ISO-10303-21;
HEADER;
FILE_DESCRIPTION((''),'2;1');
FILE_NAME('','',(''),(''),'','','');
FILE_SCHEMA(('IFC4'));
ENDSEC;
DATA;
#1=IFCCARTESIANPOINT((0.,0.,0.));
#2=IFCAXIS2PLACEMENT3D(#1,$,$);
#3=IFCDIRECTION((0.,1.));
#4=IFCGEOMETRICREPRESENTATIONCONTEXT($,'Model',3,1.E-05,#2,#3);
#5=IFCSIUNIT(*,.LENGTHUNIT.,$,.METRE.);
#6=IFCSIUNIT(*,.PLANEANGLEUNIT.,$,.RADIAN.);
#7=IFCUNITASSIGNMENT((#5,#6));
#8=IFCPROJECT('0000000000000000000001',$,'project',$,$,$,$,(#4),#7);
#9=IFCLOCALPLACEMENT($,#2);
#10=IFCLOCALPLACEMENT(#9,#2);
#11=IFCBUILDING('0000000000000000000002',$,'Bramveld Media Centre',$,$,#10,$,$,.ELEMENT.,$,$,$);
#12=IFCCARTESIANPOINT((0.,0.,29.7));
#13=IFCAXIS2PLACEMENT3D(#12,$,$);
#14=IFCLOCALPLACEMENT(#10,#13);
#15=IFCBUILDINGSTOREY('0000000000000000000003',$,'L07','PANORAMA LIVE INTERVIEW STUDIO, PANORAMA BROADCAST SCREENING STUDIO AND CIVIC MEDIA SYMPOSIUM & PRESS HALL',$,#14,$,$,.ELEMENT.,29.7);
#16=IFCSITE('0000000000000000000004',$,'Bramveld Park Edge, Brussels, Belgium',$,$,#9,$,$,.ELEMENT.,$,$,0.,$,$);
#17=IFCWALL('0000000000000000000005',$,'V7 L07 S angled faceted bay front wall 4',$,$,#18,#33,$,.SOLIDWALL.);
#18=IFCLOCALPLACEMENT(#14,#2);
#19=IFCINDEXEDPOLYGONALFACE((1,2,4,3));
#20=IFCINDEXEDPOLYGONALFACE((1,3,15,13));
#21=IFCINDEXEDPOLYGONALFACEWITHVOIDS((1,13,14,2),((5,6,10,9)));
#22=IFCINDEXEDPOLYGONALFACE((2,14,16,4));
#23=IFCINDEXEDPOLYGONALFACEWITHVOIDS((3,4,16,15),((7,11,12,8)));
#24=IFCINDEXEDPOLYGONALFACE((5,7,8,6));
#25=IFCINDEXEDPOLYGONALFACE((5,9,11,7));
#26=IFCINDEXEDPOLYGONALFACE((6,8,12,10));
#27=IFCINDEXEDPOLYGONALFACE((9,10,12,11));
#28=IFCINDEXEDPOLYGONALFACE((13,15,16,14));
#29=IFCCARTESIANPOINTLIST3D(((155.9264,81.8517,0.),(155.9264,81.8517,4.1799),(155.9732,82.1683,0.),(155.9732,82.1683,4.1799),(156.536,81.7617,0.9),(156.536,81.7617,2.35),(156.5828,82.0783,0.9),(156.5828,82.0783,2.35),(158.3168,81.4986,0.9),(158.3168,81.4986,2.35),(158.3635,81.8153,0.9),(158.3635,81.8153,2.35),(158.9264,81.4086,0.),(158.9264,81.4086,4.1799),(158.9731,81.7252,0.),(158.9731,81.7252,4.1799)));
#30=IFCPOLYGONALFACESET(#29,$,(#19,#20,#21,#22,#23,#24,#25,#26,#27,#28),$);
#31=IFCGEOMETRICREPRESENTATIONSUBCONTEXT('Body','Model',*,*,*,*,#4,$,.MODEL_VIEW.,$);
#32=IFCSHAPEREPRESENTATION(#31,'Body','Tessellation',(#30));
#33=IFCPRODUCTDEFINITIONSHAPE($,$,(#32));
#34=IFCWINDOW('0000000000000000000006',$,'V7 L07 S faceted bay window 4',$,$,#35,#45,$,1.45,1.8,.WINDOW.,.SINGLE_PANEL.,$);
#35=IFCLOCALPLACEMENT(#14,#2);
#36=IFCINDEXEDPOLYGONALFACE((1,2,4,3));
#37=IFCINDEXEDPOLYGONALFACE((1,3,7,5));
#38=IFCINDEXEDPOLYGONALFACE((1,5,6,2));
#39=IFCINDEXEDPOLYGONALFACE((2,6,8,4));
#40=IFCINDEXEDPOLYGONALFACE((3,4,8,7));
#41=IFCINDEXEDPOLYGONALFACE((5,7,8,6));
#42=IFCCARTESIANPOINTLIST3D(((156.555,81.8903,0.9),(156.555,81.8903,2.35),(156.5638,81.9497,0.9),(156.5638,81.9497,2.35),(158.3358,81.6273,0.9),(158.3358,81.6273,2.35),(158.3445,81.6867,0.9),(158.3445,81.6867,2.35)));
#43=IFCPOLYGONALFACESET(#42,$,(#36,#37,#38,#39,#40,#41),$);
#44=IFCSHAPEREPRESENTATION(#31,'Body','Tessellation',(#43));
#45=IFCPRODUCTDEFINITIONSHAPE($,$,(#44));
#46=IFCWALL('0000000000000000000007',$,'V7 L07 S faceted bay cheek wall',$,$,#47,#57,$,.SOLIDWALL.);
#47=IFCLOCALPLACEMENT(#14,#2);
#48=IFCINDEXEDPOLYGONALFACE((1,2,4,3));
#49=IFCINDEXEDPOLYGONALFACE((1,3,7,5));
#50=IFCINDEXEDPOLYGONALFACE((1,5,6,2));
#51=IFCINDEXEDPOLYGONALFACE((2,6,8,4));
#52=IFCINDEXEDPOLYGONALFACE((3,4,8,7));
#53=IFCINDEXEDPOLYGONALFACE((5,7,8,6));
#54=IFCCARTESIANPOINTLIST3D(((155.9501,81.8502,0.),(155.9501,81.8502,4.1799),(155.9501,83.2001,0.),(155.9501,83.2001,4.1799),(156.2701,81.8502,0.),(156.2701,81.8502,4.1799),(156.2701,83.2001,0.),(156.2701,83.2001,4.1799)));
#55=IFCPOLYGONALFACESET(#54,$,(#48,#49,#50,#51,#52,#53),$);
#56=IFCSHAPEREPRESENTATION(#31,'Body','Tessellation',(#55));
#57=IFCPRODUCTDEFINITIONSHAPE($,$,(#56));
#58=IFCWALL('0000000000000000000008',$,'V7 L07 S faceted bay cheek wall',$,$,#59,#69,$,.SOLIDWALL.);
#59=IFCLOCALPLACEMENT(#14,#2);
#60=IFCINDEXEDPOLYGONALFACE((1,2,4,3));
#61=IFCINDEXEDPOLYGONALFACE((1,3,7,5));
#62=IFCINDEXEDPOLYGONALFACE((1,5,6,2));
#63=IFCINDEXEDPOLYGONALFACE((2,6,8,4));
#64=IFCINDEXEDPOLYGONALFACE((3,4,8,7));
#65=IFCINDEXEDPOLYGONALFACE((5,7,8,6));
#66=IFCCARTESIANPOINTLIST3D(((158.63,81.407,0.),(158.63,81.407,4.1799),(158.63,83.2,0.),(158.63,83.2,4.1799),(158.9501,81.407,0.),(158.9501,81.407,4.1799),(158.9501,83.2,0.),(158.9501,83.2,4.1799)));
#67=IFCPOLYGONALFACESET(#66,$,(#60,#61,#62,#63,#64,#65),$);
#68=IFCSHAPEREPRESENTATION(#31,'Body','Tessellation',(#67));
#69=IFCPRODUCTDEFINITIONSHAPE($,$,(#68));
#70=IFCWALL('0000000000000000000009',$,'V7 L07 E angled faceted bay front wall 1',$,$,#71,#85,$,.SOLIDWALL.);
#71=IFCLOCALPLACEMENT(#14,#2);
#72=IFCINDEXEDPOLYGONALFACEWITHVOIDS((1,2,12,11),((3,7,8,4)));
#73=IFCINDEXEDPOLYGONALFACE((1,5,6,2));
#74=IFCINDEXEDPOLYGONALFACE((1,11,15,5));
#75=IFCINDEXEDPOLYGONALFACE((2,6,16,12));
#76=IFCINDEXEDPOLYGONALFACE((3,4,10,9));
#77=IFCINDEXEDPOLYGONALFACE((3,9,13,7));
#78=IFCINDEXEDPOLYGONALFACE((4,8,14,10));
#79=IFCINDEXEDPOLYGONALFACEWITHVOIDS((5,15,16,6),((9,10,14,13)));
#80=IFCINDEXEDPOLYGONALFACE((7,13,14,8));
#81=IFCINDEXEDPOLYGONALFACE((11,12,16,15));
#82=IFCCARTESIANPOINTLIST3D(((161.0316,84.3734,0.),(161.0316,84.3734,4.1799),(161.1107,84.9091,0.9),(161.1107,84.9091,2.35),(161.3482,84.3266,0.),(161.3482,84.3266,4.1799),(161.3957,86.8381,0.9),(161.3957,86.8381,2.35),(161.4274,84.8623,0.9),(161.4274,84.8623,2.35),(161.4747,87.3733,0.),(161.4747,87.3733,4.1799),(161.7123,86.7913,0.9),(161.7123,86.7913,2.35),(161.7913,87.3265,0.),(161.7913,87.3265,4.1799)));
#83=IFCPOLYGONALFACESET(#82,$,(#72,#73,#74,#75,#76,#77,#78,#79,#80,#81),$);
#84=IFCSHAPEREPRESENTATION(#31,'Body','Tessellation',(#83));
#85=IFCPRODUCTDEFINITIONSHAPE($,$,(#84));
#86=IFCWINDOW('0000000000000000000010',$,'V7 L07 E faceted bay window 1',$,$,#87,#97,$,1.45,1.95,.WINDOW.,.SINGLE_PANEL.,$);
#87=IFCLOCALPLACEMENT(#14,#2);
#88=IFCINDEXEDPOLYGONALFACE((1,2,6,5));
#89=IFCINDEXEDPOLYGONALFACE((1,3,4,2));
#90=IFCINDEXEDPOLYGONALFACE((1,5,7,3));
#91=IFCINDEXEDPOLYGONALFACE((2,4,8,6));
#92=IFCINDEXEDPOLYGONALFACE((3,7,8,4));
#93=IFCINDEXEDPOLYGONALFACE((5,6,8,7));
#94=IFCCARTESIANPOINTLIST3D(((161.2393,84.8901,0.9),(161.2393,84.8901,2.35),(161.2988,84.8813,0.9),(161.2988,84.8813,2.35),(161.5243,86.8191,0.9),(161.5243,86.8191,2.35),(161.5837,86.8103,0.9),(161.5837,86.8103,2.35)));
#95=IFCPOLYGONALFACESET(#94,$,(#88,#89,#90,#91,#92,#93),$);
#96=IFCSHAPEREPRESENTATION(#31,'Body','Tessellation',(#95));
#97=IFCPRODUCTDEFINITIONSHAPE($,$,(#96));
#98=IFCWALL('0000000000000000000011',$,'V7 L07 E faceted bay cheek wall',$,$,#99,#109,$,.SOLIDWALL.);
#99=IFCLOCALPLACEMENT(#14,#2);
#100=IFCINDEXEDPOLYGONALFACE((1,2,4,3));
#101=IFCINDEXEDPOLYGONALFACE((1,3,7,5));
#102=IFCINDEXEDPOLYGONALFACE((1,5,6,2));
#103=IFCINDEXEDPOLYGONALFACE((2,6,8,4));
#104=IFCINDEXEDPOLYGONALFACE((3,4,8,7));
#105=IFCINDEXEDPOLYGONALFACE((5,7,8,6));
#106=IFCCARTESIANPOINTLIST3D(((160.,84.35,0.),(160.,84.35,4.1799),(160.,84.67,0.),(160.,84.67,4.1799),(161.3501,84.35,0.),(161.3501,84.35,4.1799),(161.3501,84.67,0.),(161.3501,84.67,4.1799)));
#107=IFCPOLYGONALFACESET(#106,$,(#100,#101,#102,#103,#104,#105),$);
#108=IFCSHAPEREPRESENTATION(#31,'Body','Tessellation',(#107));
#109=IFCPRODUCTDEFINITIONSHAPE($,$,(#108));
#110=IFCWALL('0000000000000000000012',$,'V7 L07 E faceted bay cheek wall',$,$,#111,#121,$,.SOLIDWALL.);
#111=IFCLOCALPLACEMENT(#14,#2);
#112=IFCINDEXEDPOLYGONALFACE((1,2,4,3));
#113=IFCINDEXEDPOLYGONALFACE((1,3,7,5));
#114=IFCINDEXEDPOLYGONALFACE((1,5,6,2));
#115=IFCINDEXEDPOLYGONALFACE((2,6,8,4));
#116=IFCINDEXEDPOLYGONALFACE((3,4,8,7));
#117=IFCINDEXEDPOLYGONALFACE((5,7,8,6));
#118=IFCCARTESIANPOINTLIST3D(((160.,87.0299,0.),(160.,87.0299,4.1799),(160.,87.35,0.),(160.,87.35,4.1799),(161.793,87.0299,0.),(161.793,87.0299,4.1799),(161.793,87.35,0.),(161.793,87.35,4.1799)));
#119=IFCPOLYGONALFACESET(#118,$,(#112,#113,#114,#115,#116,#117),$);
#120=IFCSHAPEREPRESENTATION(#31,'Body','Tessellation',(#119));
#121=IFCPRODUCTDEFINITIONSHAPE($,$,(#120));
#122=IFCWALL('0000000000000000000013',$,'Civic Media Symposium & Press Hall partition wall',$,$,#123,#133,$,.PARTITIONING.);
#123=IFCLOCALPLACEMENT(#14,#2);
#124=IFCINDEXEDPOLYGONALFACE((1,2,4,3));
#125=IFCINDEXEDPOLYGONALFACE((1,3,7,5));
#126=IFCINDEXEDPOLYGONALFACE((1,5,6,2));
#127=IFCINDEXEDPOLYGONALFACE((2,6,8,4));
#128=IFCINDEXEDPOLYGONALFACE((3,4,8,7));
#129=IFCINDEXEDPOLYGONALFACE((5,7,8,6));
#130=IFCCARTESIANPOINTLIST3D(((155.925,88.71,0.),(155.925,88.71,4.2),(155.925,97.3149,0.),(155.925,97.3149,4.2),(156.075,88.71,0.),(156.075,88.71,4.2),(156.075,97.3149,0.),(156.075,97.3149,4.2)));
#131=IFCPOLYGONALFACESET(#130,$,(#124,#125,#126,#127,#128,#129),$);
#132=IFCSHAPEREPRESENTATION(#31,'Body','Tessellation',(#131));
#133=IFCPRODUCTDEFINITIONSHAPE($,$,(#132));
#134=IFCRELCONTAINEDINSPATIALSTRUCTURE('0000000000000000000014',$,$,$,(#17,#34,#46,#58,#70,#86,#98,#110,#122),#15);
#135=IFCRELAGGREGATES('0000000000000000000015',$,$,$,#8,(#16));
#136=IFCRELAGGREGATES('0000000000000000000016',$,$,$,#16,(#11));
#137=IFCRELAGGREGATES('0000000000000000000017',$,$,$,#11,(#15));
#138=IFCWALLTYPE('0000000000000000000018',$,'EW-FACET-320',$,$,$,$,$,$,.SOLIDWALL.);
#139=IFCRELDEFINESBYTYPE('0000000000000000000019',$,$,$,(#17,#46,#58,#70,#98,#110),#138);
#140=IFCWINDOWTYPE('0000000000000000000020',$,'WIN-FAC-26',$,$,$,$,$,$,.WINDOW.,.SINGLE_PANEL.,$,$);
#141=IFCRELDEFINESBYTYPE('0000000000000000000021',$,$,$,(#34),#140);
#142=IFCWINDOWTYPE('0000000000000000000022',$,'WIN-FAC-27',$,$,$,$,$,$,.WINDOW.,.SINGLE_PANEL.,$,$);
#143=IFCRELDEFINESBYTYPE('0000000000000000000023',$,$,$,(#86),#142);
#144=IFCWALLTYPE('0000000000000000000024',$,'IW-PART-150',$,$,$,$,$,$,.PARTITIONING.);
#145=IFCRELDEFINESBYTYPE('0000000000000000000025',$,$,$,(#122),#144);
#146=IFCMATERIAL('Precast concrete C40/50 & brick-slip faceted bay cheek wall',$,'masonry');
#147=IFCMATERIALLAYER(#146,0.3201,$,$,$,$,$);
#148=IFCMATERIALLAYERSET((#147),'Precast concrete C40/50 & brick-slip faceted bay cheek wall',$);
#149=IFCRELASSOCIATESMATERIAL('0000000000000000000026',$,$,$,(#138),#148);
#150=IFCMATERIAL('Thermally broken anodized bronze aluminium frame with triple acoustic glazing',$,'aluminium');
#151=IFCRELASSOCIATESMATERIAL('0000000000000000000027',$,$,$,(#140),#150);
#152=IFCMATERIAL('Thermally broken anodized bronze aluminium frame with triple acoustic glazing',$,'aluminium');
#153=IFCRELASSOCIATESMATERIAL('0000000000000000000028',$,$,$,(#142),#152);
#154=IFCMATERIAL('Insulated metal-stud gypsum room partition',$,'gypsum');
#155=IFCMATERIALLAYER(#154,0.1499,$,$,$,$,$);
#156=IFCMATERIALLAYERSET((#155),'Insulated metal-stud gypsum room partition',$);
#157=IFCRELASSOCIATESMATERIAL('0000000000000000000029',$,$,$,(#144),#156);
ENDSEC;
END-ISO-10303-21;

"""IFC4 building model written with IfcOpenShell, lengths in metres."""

from ifc_helpers import new_model, si_unit, direction, frame, frame_2d, origin, place, context, subcontext, project, spatial, rectangle, extrude, material, layer, layer_set, type_object, element, fill, save


model = new_model("IFC4")

# Units and contexts
model_context = context("Model", 3, precision=1e-05, world=origin(), true_north=direction((0.0, 1.0)))
body_context = subcontext(model_context, "Body", "Model", "MODEL_VIEW")
ifc_project = project(units=[si_unit("LENGTHUNIT", "METRE"), si_unit("PLANEANGLEUNIT", "RADIAN")], contexts=[model_context])

# Site, building, storey
site_placement = place(None, origin())
site = spatial("IfcSite", under=ifc_project, at=site_placement, Name="Bramveld Park Edge, Brussels, Belgium", CompositionType="ELEMENT", RefElevation=0.0)
building_placement = place(site_placement, origin())
building = spatial("IfcBuilding", under=site, at=building_placement, Name="Bramveld Media Centre", CompositionType="ELEMENT")
storey_placement = place(building_placement, frame((0.0, 0.0, 29.7)))
storey = spatial("IfcBuildingStorey", under=building, at=storey_placement, Name="L07", Description="PANORAMA LIVE INTERVIEW STUDIO, PANORAMA BROADCAST SCREENING STUDIO AND CIVIC MEDIA SYMPOSIUM & PRESS HALL", CompositionType="ELEMENT", Elevation=29.7)

# Shared definitions
ifc_material_1 = material(Name="Precast concrete C40/50 & brick-slip faceted bay cheek wall", Category="masonry")
ifc_layer_1 = layer(ifc_material_1, 0.3201)
ifc_layer_set_1 = layer_set([ifc_layer_1], Name="Precast concrete C40/50 & brick-slip faceted bay cheek wall")
wall_type_1 = type_object("IfcWallType", Name="EW-FACET-320", PredefinedType="SOLIDWALL", material=ifc_layer_set_1)

# Wall, opening, window
wall_1_placement = place(storey_placement, frame((155.95, 82.01, 0.0), z_axis=(0.0, 0.0, 1.0), x_axis=(0.989267, -0.14612, 0.0)))
wall_1 = element("IfcWall", 1, at=wall_1_placement, inside=storey, type_object=wall_type_1, Name="V7 L07 S angled faceted bay front wall 4", PredefinedType="SOLIDWALL", context=body_context, shape_type="SweptSolid", body=[
    extrude(rectangle(XDim=3.0325, YDim=0.3201, at=frame_2d((1.5161, 0.0))), origin(), (0.0, 0.0, 1.0), 4.1799),
])
opening_1_placement = place(wall_1_placement, frame((0.6162, 0.0, 0.8999)))
opening_1 = element("IfcOpeningElement", 2, at=opening_1_placement, cuts=wall_1, PredefinedType="OPENING", context=body_context, shape_type="SweptSolid", body=[
    extrude(rectangle(XDim=1.8, YDim=1.45, at=frame_2d((0.8999, 0.7251))), frame((0.0, 0.1719, 0.0), z_axis=(0.0, -1.0, 0.0), x_axis=(1.0, 0.0, 0.0)), (0.0, 0.0, 1.0), 0.344),
])
ifc_material_2 = material(Name="Thermally broken anodized bronze aluminium frame with triple acoustic glazing", Category="aluminium")
window_type_1 = type_object("IfcWindowType", Name="WIN-FAC-26", PartitioningType="SINGLE_PANEL", PredefinedType="WINDOW", material=ifc_material_2)
window_1_placement = place(opening_1_placement, origin())
window_1 = element("IfcWindow", 3, at=window_1_placement, inside=storey, type_object=window_type_1, Name="V7 L07 S faceted bay window 4", OverallHeight=1.45, OverallWidth=1.8, PartitioningType="SINGLE_PANEL", PredefinedType="WINDOW", context=body_context, shape_type="SweptSolid", body=[
    extrude(rectangle(XDim=1.8, YDim=1.45, at=frame_2d((0.8999, 0.7251))), frame((0.0, 0.03, 0.0), z_axis=(0.0, -1.0, 0.0), x_axis=(1.0, 0.0, 0.0)), (0.0, 0.0, 1.0), 0.0601),
])
fill(opening_1, window_1)

# Walls
wall_2_placement = place(storey_placement, frame((156.1101, 83.2, 0.0), z_axis=(0.0, 0.0, 1.0), x_axis=(0.0, -1.0, 0.0)))
element("IfcWall", 4, at=wall_2_placement, inside=storey, type_object=wall_type_1, Name="V7 L07 S faceted bay cheek wall", PredefinedType="SOLIDWALL", context=body_context, shape_type="SweptSolid", body=[
    extrude(rectangle(XDim=1.3499, YDim=0.3201, at=frame_2d((0.6748, 0.0))), origin(), (0.0, 0.0, 1.0), 4.1799),
])
wall_3_placement = place(storey_placement, frame((158.79, 83.2, 0.0), z_axis=(0.0, 0.0, 1.0), x_axis=(0.0, -1.0, 0.0)))
element("IfcWall", 5, at=wall_3_placement, inside=storey, type_object=wall_type_1, Name="V7 L07 S faceted bay cheek wall", PredefinedType="SOLIDWALL", context=body_context, shape_type="SweptSolid", body=[
    extrude(rectangle(XDim=1.793, YDim=0.3201, at=frame_2d((0.8965, 0.0))), origin(), (0.0, 0.0, 1.0), 4.1799),
])

# Wall, opening, window
wall_4_placement = place(storey_placement, frame((161.1899, 84.3501, 0.0), z_axis=(0.0, 0.0, 1.0), x_axis=(0.14612, 0.989267, 0.0)))
wall_4 = element("IfcWall", 6, at=wall_4_placement, inside=storey, type_object=wall_type_1, Name="V7 L07 E angled faceted bay front wall 1", PredefinedType="SOLIDWALL", context=body_context, shape_type="SweptSolid", body=[
    extrude(rectangle(XDim=3.0325, YDim=0.3201, at=frame_2d((1.5161, 0.0))), origin(), (0.0, 0.0, 1.0), 4.1799),
])
opening_2_placement = place(wall_4_placement, frame((0.5413, 0.0, 0.8999)))
opening_2 = element("IfcOpeningElement", 7, at=opening_2_placement, cuts=wall_4, PredefinedType="OPENING", context=body_context, shape_type="SweptSolid", body=[
    extrude(rectangle(XDim=1.95, YDim=1.45, at=frame_2d((0.9751, 0.7251))), frame((0.0, 0.1719, 0.0), z_axis=(0.0, -1.0, 0.0), x_axis=(1.0, 0.0, 0.0)), (0.0, 0.0, 1.0), 0.344),
])
ifc_material_3 = material(Name="Thermally broken anodized bronze aluminium frame with triple acoustic glazing", Category="aluminium")
window_type_2 = type_object("IfcWindowType", Name="WIN-FAC-27", PartitioningType="SINGLE_PANEL", PredefinedType="WINDOW", material=ifc_material_3)
window_2_placement = place(opening_2_placement, origin())
window_2 = element("IfcWindow", 8, at=window_2_placement, inside=storey, type_object=window_type_2, Name="V7 L07 E faceted bay window 1", OverallHeight=1.45, OverallWidth=1.95, PartitioningType="SINGLE_PANEL", PredefinedType="WINDOW", context=body_context, shape_type="SweptSolid", body=[
    extrude(rectangle(XDim=1.95, YDim=1.45, at=frame_2d((0.9751, 0.7251))), frame((0.0, 0.03, 0.0), z_axis=(0.0, -1.0, 0.0), x_axis=(1.0, 0.0, 0.0)), (0.0, 0.0, 1.0), 0.0601),
])
fill(opening_2, window_2)

# Walls
wall_5_placement = place(storey_placement, frame((160.0, 84.51, 0.0), z_axis=(0.0, 0.0, 1.0), x_axis=(1.0, 0.0, 0.0)))
element("IfcWall", 9, at=wall_5_placement, inside=storey, type_object=wall_type_1, Name="V7 L07 E faceted bay cheek wall", PredefinedType="SOLIDWALL", context=body_context, shape_type="SweptSolid", body=[
    extrude(rectangle(XDim=1.3501, YDim=0.3201, at=frame_2d((0.675, 0.0))), origin(), (0.0, 0.0, 1.0), 4.1799),
])
wall_6_placement = place(storey_placement, frame((160.0, 87.1899, 0.0), z_axis=(0.0, 0.0, 1.0), x_axis=(1.0, 0.0, 0.0)))
element("IfcWall", 10, at=wall_6_placement, inside=storey, type_object=wall_type_1, Name="V7 L07 E faceted bay cheek wall", PredefinedType="SOLIDWALL", context=body_context, shape_type="SweptSolid", body=[
    extrude(rectangle(XDim=1.793, YDim=0.3201, at=frame_2d((0.8965, 0.0))), origin(), (0.0, 0.0, 1.0), 4.1799),
])
ifc_material_4 = material(Name="Insulated metal-stud gypsum room partition", Category="gypsum")
ifc_layer_2 = layer(ifc_material_4, 0.1499)
ifc_layer_set_2 = layer_set([ifc_layer_2], Name="Insulated metal-stud gypsum room partition")
wall_type_2 = type_object("IfcWallType", Name="IW-PART-150", PredefinedType="PARTITIONING", material=ifc_layer_set_2)
wall_7_placement = place(storey_placement, frame((156.0, 88.71, 0.0), z_axis=(0.0, 0.0, 1.0), x_axis=(0.0, 1.0, 0.0)))
element("IfcWall", 11, at=wall_7_placement, inside=storey, type_object=wall_type_2, Name="Civic Media Symposium & Press Hall partition wall", PredefinedType="PARTITIONING", context=body_context, shape_type="SweptSolid", body=[
    extrude(rectangle(XDim=8.605, YDim=0.1499, at=frame_2d((4.3025, 0.0))), origin(), (0.0, 0.0, 1.0), 4.2),
])

save(model, "model.ifc")
